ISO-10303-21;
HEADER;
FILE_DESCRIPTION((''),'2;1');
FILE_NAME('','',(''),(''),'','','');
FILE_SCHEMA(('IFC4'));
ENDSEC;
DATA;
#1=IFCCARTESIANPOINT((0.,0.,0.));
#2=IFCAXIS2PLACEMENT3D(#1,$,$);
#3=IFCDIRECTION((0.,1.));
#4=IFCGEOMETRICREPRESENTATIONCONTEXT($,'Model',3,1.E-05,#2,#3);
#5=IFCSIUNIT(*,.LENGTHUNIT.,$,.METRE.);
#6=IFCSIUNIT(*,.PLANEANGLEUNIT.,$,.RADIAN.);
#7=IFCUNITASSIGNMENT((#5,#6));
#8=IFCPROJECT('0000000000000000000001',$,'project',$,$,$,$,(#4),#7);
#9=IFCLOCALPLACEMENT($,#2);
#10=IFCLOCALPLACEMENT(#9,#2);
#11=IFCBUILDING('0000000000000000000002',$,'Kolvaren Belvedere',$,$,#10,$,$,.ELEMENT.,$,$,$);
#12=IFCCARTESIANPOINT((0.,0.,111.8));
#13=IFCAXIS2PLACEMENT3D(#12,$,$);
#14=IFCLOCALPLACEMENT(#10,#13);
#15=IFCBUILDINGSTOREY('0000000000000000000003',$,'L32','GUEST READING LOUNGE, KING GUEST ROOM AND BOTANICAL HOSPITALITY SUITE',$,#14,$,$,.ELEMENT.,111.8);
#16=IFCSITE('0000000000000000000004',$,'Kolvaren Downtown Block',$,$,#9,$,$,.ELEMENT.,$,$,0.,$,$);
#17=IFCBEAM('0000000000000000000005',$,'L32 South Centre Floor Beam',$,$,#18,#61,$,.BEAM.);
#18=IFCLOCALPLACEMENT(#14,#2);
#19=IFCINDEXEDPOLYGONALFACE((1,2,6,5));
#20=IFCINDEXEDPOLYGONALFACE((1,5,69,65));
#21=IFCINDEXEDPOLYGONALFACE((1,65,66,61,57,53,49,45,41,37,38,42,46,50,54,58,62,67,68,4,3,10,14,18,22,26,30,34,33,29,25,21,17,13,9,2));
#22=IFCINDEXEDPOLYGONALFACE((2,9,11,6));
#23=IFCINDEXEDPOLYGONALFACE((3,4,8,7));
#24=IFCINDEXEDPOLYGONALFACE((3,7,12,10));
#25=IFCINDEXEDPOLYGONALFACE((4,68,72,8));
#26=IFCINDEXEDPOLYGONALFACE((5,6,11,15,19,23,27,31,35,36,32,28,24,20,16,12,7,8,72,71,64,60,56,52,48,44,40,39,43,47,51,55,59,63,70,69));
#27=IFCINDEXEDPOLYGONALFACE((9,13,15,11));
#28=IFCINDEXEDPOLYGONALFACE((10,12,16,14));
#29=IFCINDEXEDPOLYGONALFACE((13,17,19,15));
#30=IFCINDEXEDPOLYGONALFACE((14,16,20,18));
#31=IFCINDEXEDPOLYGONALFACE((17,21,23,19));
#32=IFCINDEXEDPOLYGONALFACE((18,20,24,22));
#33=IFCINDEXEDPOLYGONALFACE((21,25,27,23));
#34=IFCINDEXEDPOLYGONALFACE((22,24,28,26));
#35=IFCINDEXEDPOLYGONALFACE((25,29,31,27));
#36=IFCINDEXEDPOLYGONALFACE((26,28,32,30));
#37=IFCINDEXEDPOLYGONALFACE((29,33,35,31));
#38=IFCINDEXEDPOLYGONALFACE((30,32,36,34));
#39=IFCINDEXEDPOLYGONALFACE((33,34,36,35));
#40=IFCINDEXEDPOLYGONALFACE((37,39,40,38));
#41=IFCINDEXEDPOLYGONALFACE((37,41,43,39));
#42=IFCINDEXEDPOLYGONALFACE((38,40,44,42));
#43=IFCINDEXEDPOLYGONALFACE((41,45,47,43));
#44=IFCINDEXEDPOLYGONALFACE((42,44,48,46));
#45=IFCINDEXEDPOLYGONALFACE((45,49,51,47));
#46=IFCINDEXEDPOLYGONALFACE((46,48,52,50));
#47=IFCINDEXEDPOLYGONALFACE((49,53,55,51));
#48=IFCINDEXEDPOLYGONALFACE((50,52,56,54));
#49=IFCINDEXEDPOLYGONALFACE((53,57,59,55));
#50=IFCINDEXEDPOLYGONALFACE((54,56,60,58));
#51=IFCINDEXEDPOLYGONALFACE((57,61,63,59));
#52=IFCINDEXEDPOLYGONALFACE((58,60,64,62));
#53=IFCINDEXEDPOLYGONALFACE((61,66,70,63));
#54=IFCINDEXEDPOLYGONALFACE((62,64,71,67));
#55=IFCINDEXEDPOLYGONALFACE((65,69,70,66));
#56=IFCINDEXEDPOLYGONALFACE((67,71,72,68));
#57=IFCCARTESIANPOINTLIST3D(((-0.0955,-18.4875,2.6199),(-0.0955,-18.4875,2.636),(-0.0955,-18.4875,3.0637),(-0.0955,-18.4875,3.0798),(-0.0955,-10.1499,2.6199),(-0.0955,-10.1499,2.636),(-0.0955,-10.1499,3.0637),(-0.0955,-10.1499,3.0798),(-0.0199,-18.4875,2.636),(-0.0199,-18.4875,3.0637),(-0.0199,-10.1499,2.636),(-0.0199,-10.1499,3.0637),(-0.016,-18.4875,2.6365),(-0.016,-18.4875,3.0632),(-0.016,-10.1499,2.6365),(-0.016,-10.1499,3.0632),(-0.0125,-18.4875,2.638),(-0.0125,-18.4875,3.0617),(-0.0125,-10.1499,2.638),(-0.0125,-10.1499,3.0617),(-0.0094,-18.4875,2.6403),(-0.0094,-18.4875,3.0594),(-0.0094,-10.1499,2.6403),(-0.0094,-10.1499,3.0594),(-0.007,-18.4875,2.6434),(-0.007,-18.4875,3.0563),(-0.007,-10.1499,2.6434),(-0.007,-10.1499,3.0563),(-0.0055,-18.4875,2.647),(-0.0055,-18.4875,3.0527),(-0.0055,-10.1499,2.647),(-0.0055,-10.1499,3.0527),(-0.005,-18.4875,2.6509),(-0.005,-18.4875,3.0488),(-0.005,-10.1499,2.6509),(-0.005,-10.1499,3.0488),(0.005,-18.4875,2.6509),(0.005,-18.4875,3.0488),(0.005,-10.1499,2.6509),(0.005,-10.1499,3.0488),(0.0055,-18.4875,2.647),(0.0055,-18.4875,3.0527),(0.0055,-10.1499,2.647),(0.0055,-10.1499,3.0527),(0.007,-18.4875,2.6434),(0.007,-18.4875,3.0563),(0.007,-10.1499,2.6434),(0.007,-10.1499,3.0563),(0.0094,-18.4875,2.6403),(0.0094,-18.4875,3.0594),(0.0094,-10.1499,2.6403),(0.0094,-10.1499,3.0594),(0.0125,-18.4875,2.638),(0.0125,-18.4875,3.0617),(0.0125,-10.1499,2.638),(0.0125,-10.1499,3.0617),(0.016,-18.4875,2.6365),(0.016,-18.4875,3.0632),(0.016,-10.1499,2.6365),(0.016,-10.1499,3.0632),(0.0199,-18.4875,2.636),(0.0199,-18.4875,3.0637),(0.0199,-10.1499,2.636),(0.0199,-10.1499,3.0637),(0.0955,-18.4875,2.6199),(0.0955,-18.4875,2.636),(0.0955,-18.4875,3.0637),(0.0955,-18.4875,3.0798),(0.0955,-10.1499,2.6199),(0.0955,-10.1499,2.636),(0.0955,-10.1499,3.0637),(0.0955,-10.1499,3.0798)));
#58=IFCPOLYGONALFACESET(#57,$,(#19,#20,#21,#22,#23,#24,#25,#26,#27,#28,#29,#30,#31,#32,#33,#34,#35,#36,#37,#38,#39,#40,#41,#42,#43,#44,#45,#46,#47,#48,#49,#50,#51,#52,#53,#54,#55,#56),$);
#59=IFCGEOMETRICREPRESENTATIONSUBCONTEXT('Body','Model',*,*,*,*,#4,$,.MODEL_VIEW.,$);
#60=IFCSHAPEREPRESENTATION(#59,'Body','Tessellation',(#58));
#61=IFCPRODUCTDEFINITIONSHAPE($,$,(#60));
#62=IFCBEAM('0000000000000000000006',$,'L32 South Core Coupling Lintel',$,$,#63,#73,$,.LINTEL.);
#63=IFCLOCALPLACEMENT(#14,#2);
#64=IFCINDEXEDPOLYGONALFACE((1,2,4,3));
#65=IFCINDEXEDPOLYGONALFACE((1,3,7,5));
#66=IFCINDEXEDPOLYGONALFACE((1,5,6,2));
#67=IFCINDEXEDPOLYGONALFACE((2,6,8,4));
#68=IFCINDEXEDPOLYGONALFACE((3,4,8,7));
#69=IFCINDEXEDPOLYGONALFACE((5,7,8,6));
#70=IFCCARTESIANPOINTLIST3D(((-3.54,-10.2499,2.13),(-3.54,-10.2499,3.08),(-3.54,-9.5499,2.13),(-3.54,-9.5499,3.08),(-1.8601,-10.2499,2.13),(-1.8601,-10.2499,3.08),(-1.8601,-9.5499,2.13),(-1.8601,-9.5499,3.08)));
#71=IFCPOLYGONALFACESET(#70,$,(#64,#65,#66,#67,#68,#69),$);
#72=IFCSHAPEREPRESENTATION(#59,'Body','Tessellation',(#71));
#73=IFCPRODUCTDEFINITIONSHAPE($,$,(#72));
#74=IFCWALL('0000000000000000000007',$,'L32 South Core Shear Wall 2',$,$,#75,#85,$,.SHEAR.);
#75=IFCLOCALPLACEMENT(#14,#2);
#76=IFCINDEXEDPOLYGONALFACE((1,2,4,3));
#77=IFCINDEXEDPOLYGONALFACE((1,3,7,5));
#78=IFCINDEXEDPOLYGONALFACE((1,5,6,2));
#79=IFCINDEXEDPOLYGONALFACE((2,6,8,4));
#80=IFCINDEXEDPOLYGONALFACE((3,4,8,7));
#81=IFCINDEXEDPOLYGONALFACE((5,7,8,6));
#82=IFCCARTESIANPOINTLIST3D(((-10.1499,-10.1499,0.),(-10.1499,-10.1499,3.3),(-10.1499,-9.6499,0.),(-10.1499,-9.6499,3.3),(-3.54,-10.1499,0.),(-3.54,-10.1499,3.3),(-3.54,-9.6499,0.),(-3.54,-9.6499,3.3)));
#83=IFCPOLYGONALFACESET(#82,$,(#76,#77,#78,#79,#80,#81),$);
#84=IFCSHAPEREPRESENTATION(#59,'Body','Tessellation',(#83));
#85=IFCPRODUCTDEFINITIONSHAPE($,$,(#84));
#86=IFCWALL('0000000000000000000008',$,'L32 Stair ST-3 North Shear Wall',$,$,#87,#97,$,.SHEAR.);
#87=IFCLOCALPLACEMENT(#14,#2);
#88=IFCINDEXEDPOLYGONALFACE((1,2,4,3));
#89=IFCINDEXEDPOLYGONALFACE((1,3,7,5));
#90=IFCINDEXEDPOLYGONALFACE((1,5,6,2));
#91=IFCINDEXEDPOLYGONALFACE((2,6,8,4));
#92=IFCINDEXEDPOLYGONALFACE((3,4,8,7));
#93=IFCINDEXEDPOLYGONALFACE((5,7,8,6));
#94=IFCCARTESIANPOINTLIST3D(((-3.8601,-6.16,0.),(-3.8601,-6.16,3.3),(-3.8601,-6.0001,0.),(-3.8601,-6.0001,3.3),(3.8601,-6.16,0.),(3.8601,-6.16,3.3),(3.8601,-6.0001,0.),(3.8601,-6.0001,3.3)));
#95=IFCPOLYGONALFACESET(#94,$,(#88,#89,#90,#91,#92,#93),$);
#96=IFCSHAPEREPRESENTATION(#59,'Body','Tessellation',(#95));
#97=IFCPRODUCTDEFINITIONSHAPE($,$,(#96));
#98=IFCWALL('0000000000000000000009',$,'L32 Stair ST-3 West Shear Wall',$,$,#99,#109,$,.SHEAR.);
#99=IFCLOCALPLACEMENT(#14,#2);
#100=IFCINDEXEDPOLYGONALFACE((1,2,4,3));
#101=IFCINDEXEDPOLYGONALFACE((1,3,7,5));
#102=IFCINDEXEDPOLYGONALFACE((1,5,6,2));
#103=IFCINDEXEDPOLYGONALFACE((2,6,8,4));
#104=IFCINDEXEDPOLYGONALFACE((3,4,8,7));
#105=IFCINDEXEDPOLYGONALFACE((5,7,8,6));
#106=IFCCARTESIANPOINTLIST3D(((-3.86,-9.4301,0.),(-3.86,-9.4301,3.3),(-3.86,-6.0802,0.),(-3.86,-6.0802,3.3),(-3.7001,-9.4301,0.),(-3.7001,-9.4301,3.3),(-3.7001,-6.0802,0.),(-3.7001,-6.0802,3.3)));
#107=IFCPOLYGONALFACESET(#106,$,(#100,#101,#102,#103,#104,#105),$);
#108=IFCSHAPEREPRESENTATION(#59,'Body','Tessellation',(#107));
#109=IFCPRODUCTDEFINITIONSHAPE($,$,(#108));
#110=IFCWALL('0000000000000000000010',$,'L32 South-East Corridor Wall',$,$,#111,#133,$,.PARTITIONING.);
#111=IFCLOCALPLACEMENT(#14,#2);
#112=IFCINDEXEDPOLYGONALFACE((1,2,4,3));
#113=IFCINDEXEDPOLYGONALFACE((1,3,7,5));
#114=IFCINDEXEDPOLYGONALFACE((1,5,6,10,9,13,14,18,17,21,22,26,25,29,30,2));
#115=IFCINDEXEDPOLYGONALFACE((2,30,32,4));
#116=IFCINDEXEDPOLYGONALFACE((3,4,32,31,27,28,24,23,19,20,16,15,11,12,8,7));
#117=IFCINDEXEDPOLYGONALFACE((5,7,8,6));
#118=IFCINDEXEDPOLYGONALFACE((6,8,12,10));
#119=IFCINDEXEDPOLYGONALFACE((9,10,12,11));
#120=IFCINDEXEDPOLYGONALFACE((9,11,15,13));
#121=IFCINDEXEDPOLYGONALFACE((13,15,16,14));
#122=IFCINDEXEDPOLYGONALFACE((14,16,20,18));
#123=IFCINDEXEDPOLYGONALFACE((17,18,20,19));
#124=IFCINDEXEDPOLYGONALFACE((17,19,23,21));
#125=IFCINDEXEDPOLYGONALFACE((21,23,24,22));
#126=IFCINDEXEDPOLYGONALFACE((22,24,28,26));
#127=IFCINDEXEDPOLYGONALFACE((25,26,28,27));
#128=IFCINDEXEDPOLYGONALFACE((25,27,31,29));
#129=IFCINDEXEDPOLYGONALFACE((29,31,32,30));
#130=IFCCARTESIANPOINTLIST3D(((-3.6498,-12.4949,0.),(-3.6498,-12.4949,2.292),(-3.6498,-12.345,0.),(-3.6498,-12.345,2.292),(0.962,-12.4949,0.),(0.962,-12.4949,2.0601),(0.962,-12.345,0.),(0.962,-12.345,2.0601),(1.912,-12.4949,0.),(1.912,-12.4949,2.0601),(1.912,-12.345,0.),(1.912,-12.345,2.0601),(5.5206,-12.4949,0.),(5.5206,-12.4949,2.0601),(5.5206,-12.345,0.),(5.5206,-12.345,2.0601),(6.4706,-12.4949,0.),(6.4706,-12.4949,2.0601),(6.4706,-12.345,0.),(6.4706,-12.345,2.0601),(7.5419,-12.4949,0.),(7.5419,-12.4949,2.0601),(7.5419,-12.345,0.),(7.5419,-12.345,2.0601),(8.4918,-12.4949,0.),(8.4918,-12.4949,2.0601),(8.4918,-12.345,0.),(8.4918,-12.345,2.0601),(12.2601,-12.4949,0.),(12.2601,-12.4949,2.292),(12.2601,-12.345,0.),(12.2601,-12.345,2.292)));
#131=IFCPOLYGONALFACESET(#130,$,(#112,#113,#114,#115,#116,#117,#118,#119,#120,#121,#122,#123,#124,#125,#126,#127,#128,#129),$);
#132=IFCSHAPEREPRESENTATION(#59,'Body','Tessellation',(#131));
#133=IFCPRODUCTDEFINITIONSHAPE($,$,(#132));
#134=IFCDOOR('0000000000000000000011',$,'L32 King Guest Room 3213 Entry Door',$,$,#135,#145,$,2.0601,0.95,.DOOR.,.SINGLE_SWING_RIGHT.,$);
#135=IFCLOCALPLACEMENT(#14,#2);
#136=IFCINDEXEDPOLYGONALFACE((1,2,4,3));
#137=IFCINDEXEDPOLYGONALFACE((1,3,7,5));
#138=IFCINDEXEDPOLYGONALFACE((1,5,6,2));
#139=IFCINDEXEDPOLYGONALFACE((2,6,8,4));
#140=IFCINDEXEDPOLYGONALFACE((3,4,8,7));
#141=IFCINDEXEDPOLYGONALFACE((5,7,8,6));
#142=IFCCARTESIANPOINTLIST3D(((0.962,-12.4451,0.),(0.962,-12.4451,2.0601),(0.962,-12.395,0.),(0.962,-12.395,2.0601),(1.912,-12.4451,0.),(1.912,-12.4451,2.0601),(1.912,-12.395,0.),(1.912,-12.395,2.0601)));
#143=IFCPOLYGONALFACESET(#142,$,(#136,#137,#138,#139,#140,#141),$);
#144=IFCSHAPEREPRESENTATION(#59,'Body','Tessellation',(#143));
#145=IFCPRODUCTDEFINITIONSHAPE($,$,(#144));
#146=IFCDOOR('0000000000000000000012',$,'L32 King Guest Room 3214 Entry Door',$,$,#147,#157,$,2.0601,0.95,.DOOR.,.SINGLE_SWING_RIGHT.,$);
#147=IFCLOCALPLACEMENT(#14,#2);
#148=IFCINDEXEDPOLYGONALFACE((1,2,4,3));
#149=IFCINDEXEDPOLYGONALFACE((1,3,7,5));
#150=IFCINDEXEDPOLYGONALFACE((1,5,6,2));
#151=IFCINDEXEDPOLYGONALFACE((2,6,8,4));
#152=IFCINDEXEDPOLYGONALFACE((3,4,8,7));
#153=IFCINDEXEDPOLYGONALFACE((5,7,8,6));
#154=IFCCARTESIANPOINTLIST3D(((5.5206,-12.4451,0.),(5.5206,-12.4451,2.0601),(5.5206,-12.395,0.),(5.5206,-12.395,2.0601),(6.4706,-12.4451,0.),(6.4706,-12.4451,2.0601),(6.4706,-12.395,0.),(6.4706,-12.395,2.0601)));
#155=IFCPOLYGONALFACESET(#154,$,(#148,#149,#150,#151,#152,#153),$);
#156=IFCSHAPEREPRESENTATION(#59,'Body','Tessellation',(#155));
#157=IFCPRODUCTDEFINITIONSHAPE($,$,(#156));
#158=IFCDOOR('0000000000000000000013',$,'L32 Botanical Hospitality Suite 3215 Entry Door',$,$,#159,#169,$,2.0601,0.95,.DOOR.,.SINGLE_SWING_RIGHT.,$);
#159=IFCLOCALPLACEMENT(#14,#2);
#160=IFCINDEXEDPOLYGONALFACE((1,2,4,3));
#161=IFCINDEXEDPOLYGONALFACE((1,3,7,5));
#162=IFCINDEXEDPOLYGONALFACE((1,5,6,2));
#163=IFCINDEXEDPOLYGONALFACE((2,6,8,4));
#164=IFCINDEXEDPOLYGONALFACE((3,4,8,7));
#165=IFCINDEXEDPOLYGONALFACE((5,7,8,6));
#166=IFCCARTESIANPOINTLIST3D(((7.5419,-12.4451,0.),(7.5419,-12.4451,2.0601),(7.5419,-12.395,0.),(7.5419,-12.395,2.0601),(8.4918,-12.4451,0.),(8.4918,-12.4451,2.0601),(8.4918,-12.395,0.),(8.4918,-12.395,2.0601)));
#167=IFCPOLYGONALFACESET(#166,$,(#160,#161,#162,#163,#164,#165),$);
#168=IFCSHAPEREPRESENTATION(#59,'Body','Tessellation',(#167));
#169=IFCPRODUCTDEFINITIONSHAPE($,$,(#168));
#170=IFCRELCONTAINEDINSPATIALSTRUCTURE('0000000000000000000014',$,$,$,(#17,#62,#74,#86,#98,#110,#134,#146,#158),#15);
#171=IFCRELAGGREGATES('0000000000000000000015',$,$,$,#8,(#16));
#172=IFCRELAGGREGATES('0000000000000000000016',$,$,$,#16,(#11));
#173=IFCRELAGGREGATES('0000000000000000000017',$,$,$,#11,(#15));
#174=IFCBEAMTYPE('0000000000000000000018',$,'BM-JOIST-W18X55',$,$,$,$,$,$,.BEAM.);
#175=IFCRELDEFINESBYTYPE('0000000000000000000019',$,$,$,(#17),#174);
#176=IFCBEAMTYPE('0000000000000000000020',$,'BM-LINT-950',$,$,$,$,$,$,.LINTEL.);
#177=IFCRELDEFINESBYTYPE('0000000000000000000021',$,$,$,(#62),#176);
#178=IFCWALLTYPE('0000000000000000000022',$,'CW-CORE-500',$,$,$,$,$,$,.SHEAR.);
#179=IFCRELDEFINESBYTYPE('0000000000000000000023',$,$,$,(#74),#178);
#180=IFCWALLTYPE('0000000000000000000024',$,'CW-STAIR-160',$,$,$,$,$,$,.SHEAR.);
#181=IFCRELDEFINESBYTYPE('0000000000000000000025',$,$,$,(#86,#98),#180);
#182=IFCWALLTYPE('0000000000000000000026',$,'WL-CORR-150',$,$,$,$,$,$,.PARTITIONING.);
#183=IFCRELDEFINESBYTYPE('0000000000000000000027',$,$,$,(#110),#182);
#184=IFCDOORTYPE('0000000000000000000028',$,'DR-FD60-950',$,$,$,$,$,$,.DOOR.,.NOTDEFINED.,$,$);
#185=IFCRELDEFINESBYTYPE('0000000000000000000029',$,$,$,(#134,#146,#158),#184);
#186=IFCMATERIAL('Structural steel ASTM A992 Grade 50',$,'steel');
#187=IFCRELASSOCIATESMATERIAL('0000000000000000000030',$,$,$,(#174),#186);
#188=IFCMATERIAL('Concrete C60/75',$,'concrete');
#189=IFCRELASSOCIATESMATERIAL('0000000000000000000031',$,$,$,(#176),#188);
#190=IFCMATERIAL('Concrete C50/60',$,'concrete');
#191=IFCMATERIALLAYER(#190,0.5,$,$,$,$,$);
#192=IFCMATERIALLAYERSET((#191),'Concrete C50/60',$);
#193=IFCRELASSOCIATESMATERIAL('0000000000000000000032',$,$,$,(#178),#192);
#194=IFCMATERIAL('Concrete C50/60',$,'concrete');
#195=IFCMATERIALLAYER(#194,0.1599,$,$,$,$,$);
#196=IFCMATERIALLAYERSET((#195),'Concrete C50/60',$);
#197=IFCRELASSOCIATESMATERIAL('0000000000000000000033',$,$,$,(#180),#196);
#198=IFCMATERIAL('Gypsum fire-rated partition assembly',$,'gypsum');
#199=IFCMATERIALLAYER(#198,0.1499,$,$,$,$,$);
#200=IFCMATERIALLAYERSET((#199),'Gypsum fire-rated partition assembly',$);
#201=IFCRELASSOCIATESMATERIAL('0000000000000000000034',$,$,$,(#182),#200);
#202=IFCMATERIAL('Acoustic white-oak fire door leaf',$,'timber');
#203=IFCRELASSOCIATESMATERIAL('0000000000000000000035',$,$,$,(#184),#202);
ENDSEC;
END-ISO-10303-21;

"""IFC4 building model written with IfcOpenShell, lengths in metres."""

from ifc_helpers import new_model, si_unit, direction, frame, frame_2d, origin, origin_2d, place, context, subcontext, project, spatial, rectangle, i_section, extrude, material, layer, layer_set, material_profile, profile_set, type_object, element, fill, save


model = new_model("IFC4")

# Units and contexts
model_context = context("Model", 3, precision=1e-05, world=origin(), true_north=direction((0.0, 1.0)))
body_context = subcontext(model_context, "Body", "Model", "MODEL_VIEW")
ifc_project = project(units=[si_unit("LENGTHUNIT", "METRE"), si_unit("PLANEANGLEUNIT", "RADIAN")], contexts=[model_context])

# Site, building, storey
site_placement = place(None, origin())
site = spatial("IfcSite", under=ifc_project, at=site_placement, Name="Kolvaren Downtown Block", CompositionType="ELEMENT", RefElevation=0.0)
building_placement = place(site_placement, origin())
building = spatial("IfcBuilding", under=site, at=building_placement, Name="Kolvaren Belvedere", CompositionType="ELEMENT")
storey_placement = place(building_placement, frame((0.0, 0.0, 111.8)))
storey = spatial("IfcBuildingStorey", under=building, at=storey_placement, Name="L32", Description="GUEST READING LOUNGE, KING GUEST ROOM AND BOTANICAL HOSPITALITY SUITE", CompositionType="ELEMENT", Elevation=111.8)

# Beams
ifc_material_1 = material(Name="Structural steel ASTM A992 Grade 50", Category="steel")
ifc_material_profile_1 = material_profile(ifc_material_1, i_section(OverallWidth=0.1909, OverallDepth=0.46, WebThickness=0.01, FlangeThickness=0.0161, FilletRadius=0.0149, at=origin_2d()), Name="W18X55")
ifc_profile_set_1 = profile_set([ifc_material_profile_1], Name="Structural steel ASTM A992 Grade 50")
beam_type_1 = type_object("IfcBeamType", Name="BM-JOIST-W18X55", PredefinedType="BEAM", material=ifc_profile_set_1)
beam_1_placement = place(storey_placement, frame((0.0, -10.1499, 2.8499), z_axis=(0.0, -1.0, 0.0), x_axis=(1.0, 0.0, 0.0)))
element("IfcBeam", 1, at=beam_1_placement, inside=storey, type_object=beam_type_1, Name="L32 South Centre Floor Beam", PredefinedType="BEAM", context=body_context, shape_type="SweptSolid", body=[
    extrude(i_section(OverallWidth=0.1909, OverallDepth=0.46, WebThickness=0.01, FlangeThickness=0.0161, FilletRadius=0.0149, at=origin_2d()), origin(), (0.0, 0.0, 1.0), 8.3376),
])
ifc_material_2 = material(Name="Concrete C60/75", Category="concrete")
ifc_material_profile_2 = material_profile(ifc_material_2, rectangle(XDim=0.7, YDim=0.95, at=origin_2d()), Name="RC 700X950")
ifc_profile_set_2 = profile_set([ifc_material_profile_2], Name="Concrete C60/75")
beam_type_2 = type_object("IfcBeamType", Name="BM-LINT-950", PredefinedType="LINTEL", material=ifc_profile_set_2)
beam_2_placement = place(storey_placement, frame((-3.54, -9.8999, 2.605), z_axis=(1.0, 0.0, 0.0), x_axis=(0.0, 1.0, 0.0)))
element("IfcBeam", 2, at=beam_2_placement, inside=storey, type_object=beam_type_2, Name="L32 South Core Coupling Lintel", PredefinedType="LINTEL", context=body_context, shape_type="SweptSolid", body=[
    extrude(rectangle(XDim=0.7, YDim=0.95, at=origin_2d()), origin(), (0.0, 0.0, 1.0), 1.6799),
])

# Walls
ifc_material_3 = material(Name="Concrete C50/60", Category="concrete")
ifc_layer_1 = layer(ifc_material_3, 0.5)
ifc_layer_set_1 = layer_set([ifc_layer_1], Name="Concrete C50/60")
wall_type_1 = type_object("IfcWallType", Name="CW-CORE-500", PredefinedType="SHEAR", material=ifc_layer_set_1)
wall_1_placement = place(storey_placement, frame((-3.54, -9.8999, 0.0), z_axis=(0.0, 0.0, 1.0), x_axis=(-1.0, 0.0, 0.0)))
element("IfcWall", 3, at=wall_1_placement, inside=storey, type_object=wall_type_1, Name="L32 South Core Shear Wall 2", PredefinedType="SHEAR", context=body_context, shape_type="SweptSolid", body=[
    extrude(rectangle(XDim=6.6099, YDim=0.5, at=frame_2d((3.3049, 0.0))), origin(), (0.0, 0.0, 1.0), 3.3),
])
ifc_material_4 = material(Name="Concrete C50/60", Category="concrete")
ifc_layer_2 = layer(ifc_material_4, 0.1599)
ifc_layer_set_2 = layer_set([ifc_layer_2], Name="Concrete C50/60")
wall_type_2 = type_object("IfcWallType", Name="CW-STAIR-160", PredefinedType="SHEAR", material=ifc_layer_set_2)
wall_2_placement = place(storey_placement, frame((-3.8601, -6.0801, 0.0), z_axis=(0.0, 0.0, 1.0), x_axis=(1.0, 0.0, 0.0)))
element("IfcWall", 4, at=wall_2_placement, inside=storey, type_object=wall_type_2, Name="L32 Stair ST-3 North Shear Wall", PredefinedType="SHEAR", context=body_context, shape_type="SweptSolid", body=[
    extrude(rectangle(XDim=7.7202, YDim=0.1599, at=frame_2d((3.8601, 0.0))), origin(), (0.0, 0.0, 1.0), 3.3),
])
wall_3_placement = place(storey_placement, frame((-3.78, -9.4299, 0.0), z_axis=(0.0, 0.0, 1.0), x_axis=(0.0, 1.0, 0.0)))
element("IfcWall", 5, at=wall_3_placement, inside=storey, type_object=wall_type_2, Name="L32 Stair ST-3 West Shear Wall", PredefinedType="SHEAR", context=body_context, shape_type="SweptSolid", body=[
    extrude(rectangle(XDim=3.3499, YDim=0.1599, at=frame_2d((1.6748, 0.0))), origin(), (0.0, 0.0, 1.0), 3.3),
])

# Wall, openings, doors
ifc_material_5 = material(Name="Gypsum fire-rated partition assembly", Category="gypsum")
ifc_layer_3 = layer(ifc_material_5, 0.1499)
ifc_layer_set_3 = layer_set([ifc_layer_3], Name="Gypsum fire-rated partition assembly")
wall_type_3 = type_object("IfcWallType", Name="WL-CORR-150", PredefinedType="PARTITIONING", material=ifc_layer_set_3)
wall_4_placement = place(storey_placement, frame((-3.6499, -12.4199, 0.0), z_axis=(0.0, 0.0, 1.0), x_axis=(1.0, 0.0, 0.0)))
wall_4 = element("IfcWall", 6, at=wall_4_placement, inside=storey, type_object=wall_type_3, Name="L32 South-East Corridor Wall", PredefinedType="PARTITIONING", context=body_context, shape_type="SweptSolid", body=[
    extrude(rectangle(XDim=15.9099, YDim=0.1499, at=frame_2d((7.9551, 0.0))), origin(), (0.0, 0.0, 1.0), 2.292),
])
opening_1_placement = place(wall_4_placement, frame((4.6118, 0.0, 0.0)))
opening_1 = element("IfcOpeningElement", 7, at=opening_1_placement, cuts=wall_4, PredefinedType="OPENING", context=body_context, shape_type="SweptSolid", body=[
    extrude(rectangle(XDim=0.95, YDim=2.0601, at=frame_2d((0.4751, 1.03))), frame((0.0, 0.085, 0.0), z_axis=(0.0, -1.0, 0.0), x_axis=(1.0, 0.0, 0.0)), (0.0, 0.0, 1.0), 0.1699),
])
opening_2_placement = place(wall_4_placement, frame((9.1704, 0.0, 0.0)))
opening_2 = element("IfcOpeningElement", 8, at=opening_2_placement, cuts=wall_4, PredefinedType="OPENING", context=body_context, shape_type="SweptSolid", body=[
    extrude(rectangle(XDim=0.95, YDim=2.0601, at=frame_2d((0.4751, 1.03))), frame((0.0, 0.085, 0.0), z_axis=(0.0, -1.0, 0.0), x_axis=(1.0, 0.0, 0.0)), (0.0, 0.0, 1.0), 0.1699),
])
opening_3_placement = place(wall_4_placement, frame((11.1917, 0.0, 0.0)))
opening_3 = element("IfcOpeningElement", 9, at=opening_3_placement, cuts=wall_4, PredefinedType="OPENING", context=body_context, shape_type="SweptSolid", body=[
    extrude(rectangle(XDim=0.95, YDim=2.0601, at=frame_2d((0.4751, 1.03))), frame((0.0, 0.085, 0.0), z_axis=(0.0, -1.0, 0.0), x_axis=(1.0, 0.0, 0.0)), (0.0, 0.0, 1.0), 0.1699),
])
ifc_material_6 = material(Name="Acoustic white-oak fire door leaf", Category="timber")
door_type_1 = type_object("IfcDoorType", Name="DR-FD60-950", OperationType="NOTDEFINED", PredefinedType="DOOR", material=ifc_material_6)
door_1_placement = place(opening_1_placement, origin())
door_1 = element("IfcDoor", 10, at=door_1_placement, inside=storey, type_object=door_type_1, Name="L32 King Guest Room 3213 Entry Door", OperationType="SINGLE_SWING_RIGHT", OverallHeight=2.0601, OverallWidth=0.95, PredefinedType="DOOR", context=body_context, shape_type="SweptSolid", body=[
    extrude(rectangle(XDim=0.95, YDim=2.0601, at=frame_2d((0.4751, 1.03))), frame((0.0, 0.0249, 0.0), z_axis=(0.0, -1.0, 0.0), x_axis=(1.0, 0.0, 0.0)), (0.0, 0.0, 1.0), 0.05),
])
fill(opening_1, door_1)
door_2_placement = place(opening_2_placement, origin())
door_2 = element("IfcDoor", 11, at=door_2_placement, inside=storey, type_object=door_type_1, Name="L32 King Guest Room 3214 Entry Door", OperationType="SINGLE_SWING_RIGHT", OverallHeight=2.0601, OverallWidth=0.95, PredefinedType="DOOR", context=body_context, shape_type="SweptSolid", body=[
    extrude(rectangle(XDim=0.95, YDim=2.0601, at=frame_2d((0.4751, 1.03))), frame((0.0, 0.0249, 0.0), z_axis=(0.0, -1.0, 0.0), x_axis=(1.0, 0.0, 0.0)), (0.0, 0.0, 1.0), 0.05),
])
fill(opening_2, door_2)
door_3_placement = place(opening_3_placement, origin())
door_3 = element("IfcDoor", 12, at=door_3_placement, inside=storey, type_object=door_type_1, Name="L32 Botanical Hospitality Suite 3215 Entry Door", OperationType="SINGLE_SWING_RIGHT", OverallHeight=2.0601, OverallWidth=0.95, PredefinedType="DOOR", context=body_context, shape_type="SweptSolid", body=[
    extrude(rectangle(XDim=0.95, YDim=2.0601, at=frame_2d((0.4751, 1.03))), frame((0.0, 0.0249, 0.0), z_axis=(0.0, -1.0, 0.0), x_axis=(1.0, 0.0, 0.0)), (0.0, 0.0, 1.0), 0.05),
])
fill(opening_3, door_3)

save(model, "model.ifc")
